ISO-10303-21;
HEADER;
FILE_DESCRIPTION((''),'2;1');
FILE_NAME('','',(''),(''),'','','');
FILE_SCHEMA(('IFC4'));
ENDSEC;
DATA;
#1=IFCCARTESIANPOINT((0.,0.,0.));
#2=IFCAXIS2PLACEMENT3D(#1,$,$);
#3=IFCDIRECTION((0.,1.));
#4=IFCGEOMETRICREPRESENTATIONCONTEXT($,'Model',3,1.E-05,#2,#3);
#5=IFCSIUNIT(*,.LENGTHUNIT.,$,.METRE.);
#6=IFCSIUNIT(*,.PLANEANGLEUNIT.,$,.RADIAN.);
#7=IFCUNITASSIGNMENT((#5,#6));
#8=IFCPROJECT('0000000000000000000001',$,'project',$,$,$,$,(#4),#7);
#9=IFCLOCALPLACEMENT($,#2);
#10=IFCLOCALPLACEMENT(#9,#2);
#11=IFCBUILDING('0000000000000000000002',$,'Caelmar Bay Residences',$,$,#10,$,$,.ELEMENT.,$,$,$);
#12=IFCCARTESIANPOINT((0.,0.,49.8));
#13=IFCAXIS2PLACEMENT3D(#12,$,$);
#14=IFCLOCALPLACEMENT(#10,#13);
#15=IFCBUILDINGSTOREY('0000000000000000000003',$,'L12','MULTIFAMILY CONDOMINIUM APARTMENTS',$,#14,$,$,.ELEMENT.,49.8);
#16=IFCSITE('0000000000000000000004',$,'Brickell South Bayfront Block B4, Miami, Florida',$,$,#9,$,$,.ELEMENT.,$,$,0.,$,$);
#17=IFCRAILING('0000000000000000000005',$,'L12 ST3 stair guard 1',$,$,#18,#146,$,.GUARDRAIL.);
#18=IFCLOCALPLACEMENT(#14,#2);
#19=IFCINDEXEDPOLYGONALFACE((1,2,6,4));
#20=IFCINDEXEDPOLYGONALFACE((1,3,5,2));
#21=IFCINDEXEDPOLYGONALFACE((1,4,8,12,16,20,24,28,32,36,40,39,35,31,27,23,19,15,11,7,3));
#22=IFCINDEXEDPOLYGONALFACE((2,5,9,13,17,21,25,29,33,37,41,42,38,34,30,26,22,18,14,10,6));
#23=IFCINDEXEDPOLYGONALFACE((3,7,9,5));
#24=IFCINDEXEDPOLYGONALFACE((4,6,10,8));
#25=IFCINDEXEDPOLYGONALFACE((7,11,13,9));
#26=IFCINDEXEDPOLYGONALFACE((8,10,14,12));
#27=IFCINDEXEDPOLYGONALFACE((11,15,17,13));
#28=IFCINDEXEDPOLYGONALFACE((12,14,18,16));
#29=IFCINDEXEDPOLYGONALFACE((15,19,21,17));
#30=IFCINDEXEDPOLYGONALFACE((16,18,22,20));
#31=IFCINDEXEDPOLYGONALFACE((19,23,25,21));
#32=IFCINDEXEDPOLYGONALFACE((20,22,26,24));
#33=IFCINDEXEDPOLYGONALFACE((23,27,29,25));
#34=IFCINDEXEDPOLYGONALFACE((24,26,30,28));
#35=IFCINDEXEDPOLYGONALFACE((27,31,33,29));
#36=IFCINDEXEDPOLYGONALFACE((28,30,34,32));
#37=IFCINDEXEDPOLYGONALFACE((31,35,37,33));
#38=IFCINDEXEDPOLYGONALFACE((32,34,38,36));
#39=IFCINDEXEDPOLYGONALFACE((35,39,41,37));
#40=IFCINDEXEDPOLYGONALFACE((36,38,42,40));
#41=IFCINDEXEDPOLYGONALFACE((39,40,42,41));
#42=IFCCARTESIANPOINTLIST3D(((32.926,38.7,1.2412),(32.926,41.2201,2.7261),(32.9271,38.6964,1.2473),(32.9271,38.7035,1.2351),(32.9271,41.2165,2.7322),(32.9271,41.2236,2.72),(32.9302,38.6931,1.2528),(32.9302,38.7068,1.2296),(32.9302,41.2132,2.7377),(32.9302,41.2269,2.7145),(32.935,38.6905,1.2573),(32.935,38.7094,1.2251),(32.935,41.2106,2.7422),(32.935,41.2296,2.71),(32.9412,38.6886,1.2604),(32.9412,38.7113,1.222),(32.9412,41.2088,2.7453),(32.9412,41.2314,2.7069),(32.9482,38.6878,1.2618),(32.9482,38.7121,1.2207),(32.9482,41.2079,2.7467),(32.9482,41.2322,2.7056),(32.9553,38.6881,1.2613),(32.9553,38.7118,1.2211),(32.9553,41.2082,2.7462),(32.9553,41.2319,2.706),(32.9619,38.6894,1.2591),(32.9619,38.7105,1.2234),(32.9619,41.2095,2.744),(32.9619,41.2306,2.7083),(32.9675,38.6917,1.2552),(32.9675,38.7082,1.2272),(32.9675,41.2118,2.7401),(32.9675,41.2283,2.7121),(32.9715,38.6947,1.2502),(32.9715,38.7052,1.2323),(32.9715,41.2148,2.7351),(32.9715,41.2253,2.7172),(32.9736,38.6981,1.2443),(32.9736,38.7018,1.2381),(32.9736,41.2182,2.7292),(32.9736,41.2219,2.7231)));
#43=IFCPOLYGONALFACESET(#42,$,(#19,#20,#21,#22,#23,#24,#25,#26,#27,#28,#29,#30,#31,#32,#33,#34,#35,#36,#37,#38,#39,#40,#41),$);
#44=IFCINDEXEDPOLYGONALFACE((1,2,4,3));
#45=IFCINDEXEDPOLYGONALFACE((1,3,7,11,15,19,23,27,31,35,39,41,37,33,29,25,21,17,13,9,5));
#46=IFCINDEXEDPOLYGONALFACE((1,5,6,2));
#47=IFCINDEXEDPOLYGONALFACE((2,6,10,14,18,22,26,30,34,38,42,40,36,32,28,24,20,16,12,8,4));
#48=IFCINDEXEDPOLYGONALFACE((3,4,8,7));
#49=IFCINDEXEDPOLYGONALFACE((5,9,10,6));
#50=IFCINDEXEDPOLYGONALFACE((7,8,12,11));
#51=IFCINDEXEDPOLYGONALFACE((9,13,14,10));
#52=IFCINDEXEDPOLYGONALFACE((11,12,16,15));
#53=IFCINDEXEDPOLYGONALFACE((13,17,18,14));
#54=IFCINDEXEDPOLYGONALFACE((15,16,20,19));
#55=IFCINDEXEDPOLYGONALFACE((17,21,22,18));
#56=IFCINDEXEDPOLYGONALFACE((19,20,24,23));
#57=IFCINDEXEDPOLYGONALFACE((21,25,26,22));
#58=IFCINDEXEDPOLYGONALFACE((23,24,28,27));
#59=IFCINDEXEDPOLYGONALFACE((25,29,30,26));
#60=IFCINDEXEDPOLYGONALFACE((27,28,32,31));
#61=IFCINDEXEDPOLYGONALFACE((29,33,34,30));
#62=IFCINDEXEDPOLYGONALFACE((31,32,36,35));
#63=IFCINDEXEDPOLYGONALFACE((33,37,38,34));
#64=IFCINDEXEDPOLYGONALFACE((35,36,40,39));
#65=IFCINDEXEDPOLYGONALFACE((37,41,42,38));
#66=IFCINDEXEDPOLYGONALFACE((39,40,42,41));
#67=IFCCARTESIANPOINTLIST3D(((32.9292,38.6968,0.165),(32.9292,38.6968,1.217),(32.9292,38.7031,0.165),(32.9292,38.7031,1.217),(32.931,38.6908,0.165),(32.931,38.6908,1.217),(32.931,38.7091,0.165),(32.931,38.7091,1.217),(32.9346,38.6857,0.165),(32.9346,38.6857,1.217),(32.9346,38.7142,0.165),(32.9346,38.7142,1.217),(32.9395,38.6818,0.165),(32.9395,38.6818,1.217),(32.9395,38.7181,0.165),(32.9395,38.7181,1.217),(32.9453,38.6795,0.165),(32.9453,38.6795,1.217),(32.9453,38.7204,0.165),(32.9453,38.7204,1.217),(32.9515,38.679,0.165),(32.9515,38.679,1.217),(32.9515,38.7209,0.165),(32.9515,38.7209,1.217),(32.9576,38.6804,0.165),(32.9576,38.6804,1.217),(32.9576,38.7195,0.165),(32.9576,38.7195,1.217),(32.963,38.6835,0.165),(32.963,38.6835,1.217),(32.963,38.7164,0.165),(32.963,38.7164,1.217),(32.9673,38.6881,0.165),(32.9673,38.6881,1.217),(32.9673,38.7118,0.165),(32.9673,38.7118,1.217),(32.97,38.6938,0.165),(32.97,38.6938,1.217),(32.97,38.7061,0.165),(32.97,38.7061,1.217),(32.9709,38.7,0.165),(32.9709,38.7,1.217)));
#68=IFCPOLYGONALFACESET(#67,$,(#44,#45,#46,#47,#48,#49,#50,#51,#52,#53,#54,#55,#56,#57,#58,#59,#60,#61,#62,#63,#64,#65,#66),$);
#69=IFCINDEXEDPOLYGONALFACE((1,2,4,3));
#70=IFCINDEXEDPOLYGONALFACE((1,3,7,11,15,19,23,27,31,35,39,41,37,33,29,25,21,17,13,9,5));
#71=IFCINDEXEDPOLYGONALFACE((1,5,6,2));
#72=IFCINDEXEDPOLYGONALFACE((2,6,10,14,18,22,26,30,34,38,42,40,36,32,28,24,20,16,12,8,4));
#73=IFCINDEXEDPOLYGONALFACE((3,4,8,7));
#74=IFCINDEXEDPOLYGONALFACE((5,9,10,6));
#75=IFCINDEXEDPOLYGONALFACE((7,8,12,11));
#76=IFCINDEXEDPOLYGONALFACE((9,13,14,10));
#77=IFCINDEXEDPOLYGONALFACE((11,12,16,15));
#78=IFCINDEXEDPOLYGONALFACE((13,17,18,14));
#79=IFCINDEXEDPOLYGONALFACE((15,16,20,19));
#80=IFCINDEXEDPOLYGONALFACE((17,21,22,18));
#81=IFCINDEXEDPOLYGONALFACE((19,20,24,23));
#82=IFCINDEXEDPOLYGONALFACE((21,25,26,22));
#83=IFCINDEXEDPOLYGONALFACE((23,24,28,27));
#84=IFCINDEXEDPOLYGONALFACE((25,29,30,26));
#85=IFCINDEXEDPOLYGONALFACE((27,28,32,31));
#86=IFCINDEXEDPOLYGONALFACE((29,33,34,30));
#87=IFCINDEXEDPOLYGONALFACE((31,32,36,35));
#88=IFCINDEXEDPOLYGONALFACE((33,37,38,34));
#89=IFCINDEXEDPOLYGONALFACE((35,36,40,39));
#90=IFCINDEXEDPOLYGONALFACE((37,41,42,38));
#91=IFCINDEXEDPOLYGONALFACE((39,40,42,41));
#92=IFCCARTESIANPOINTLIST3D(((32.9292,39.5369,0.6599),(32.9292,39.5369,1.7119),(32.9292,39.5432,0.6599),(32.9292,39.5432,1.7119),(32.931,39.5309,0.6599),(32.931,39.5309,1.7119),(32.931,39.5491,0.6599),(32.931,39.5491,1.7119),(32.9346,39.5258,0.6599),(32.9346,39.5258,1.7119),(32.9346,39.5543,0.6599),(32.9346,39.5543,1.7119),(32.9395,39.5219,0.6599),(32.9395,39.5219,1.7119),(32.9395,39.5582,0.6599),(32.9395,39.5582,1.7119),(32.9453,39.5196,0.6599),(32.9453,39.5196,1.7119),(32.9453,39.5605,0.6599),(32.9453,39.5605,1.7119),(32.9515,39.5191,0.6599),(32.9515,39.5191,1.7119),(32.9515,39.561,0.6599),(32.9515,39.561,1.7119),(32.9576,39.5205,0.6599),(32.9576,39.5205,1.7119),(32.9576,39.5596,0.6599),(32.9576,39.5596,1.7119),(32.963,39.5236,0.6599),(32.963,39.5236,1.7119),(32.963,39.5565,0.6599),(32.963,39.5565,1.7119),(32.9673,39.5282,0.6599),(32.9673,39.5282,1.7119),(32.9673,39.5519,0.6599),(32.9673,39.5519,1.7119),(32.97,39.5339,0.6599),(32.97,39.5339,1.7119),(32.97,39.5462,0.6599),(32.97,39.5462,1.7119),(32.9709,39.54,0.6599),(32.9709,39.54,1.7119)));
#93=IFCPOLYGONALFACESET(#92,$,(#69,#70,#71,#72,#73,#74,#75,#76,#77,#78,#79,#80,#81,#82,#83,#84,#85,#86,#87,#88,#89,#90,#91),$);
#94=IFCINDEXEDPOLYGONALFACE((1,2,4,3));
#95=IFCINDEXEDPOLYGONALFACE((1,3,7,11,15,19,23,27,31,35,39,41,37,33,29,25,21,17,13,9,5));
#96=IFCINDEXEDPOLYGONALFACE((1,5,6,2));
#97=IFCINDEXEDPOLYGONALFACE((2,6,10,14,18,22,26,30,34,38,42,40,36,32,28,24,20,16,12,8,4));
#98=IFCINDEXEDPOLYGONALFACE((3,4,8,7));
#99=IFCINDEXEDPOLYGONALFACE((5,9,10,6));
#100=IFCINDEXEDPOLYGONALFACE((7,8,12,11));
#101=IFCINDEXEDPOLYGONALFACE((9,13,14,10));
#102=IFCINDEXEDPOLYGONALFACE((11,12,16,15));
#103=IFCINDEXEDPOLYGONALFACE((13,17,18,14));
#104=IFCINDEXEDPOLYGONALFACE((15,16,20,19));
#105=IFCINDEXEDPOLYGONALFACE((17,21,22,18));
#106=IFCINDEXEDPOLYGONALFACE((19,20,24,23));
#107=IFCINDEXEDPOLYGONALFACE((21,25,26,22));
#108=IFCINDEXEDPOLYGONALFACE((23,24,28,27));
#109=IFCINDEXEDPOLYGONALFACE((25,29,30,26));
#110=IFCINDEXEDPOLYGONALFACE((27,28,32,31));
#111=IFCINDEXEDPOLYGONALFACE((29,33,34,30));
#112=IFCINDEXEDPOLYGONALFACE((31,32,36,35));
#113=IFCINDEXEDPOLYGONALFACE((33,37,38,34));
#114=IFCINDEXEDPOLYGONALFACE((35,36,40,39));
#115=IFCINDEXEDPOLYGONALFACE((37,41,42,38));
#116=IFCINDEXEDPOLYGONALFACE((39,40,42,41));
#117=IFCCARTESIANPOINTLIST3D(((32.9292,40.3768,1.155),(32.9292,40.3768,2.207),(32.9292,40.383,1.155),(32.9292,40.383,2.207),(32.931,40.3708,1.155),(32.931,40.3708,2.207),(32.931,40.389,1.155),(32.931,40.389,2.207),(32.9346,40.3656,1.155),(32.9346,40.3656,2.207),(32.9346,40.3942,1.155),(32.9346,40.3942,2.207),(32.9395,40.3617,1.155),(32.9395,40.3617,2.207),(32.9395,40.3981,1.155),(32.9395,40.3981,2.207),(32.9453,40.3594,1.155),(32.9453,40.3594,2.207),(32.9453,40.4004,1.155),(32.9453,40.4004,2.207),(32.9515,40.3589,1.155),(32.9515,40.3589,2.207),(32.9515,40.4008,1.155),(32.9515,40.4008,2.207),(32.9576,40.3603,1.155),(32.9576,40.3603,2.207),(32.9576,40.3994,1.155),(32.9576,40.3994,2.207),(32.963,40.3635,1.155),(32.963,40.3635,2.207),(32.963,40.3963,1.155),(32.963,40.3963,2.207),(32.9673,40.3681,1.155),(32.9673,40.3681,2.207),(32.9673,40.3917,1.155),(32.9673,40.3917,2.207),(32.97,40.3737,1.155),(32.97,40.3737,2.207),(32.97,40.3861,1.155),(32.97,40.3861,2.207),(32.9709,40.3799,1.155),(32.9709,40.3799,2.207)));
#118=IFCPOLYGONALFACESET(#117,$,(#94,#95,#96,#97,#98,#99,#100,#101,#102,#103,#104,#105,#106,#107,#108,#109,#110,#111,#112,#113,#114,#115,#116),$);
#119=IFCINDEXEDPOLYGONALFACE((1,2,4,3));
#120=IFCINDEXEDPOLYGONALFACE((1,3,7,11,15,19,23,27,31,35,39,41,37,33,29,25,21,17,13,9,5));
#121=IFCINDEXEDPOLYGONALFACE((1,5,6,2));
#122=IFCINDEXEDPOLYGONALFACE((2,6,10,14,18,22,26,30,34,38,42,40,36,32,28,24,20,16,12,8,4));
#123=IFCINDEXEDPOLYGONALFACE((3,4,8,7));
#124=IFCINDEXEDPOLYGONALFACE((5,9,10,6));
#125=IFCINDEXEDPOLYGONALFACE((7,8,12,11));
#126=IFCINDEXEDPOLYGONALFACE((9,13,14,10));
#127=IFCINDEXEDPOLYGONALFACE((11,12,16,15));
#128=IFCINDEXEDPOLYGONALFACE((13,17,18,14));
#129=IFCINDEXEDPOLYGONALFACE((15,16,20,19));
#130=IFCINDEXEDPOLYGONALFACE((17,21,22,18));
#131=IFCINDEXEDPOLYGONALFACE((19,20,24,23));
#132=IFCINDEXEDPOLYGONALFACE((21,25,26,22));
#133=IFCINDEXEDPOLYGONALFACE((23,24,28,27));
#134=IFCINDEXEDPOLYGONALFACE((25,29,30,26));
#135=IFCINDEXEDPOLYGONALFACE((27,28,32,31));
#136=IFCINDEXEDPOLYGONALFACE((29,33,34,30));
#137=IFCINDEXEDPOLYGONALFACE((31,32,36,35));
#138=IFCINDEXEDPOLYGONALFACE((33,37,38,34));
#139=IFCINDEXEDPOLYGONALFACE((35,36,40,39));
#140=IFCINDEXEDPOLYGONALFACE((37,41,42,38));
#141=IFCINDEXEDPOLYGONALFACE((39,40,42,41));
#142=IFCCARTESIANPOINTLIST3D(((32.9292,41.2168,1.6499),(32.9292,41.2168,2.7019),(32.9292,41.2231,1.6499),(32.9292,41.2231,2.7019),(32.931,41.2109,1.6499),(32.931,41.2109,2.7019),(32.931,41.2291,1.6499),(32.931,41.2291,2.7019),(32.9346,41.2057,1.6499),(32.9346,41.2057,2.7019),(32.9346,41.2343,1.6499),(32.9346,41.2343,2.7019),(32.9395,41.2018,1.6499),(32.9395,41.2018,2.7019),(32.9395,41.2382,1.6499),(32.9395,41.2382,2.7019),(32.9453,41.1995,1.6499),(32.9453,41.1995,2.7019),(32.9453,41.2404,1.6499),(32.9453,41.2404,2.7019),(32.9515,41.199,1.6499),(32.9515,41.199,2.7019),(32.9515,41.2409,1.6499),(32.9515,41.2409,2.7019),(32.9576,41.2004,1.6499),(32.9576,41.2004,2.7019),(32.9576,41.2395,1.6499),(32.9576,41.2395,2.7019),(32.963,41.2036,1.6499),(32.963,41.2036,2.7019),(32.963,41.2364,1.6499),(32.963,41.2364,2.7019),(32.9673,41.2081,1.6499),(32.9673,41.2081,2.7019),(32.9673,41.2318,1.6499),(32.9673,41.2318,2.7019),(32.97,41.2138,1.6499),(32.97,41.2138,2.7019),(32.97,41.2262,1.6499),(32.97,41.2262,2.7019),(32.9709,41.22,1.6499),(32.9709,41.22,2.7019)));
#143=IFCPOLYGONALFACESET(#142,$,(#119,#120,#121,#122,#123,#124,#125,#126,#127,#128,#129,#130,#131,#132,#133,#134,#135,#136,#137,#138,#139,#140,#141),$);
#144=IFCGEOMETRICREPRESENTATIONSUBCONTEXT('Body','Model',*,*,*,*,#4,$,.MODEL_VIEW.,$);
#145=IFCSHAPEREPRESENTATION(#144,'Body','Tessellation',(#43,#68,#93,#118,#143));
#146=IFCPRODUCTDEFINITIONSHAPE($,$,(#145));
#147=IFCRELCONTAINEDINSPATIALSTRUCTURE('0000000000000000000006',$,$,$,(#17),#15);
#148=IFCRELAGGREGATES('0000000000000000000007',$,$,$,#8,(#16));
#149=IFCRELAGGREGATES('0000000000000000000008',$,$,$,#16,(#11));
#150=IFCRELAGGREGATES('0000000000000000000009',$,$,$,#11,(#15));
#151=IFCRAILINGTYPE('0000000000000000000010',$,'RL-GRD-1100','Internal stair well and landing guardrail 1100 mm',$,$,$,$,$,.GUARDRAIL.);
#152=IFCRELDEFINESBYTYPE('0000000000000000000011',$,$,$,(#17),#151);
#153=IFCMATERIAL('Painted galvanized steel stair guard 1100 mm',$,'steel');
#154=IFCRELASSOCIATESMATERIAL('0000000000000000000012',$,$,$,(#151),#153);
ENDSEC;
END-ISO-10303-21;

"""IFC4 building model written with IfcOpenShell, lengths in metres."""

from ifc_helpers import new_model, si_unit, direction, frame, origin, origin_2d, place, context, subcontext, project, spatial, circle, extrude, material, type_object, element, save


model = new_model("IFC4")

# Units and contexts
model_context = context("Model", 3, precision=1e-05, world=origin(), true_north=direction((0.0, 1.0)))
body_context = subcontext(model_context, "Body", "Model", "MODEL_VIEW")
ifc_project = project(units=[si_unit("LENGTHUNIT", "METRE"), si_unit("PLANEANGLEUNIT", "RADIAN")], contexts=[model_context])

# Site, building, storey
site_placement = place(None, origin())
site = spatial("IfcSite", under=ifc_project, at=site_placement, Name="Brickell South Bayfront Block B4, Miami, Florida", CompositionType="ELEMENT", RefElevation=0.0)
building_placement = place(site_placement, origin())
building = spatial("IfcBuilding", under=site, at=building_placement, Name="Caelmar Bay Residences", CompositionType="ELEMENT")
storey_placement = place(building_placement, frame((0.0, 0.0, 49.8)))
storey = spatial("IfcBuildingStorey", under=building, at=storey_placement, Name="L12", Description="MULTIFAMILY CONDOMINIUM APARTMENTS", CompositionType="ELEMENT", Elevation=49.8)

# Railing
ifc_material_1 = material(Name="Painted galvanized steel stair guard 1100 mm", Category="steel")
railing_type_1 = type_object("IfcRailingType", Name="RL-GRD-1100", Description="Internal stair well and landing guardrail 1100 mm", PredefinedType="GUARDRAIL", material=ifc_material_1)
railing_1_placement = place(storey_placement, frame((32.95, 38.7, 0.165)))
element("IfcRailing", 1, at=railing_1_placement, inside=storey, type_object=railing_type_1, Name="L12 ST3 stair guard 1", PredefinedType="GUARDRAIL", context=body_context, shape_type="SweptSolid", body=[
    extrude(circle(Radius=0.0239, at=origin_2d()), frame((0.0, 0.0, 1.0762), z_axis=(0.0, 0.861561, 0.507655), x_axis=(-1.0, 0.0, 0.0)), (0.0, 0.0, 1.0), 2.925),
    extrude(circle(Radius=0.021, at=origin_2d()), origin(), (0.0, 0.0, 1.0), 1.052),
    extrude(circle(Radius=0.021, at=origin_2d()), frame((0.0, 0.8401, 0.4949)), (0.0, 0.0, 1.0), 1.052),
    extrude(circle(Radius=0.021, at=origin_2d()), frame((0.0, 1.6799, 0.99)), (0.0, 0.0, 1.0), 1.052),
    extrude(circle(Radius=0.021, at=origin_2d()), frame((0.0, 2.52, 1.4849)), (0.0, 0.0, 1.0), 1.052),
])

save(model, "model.ifc")
